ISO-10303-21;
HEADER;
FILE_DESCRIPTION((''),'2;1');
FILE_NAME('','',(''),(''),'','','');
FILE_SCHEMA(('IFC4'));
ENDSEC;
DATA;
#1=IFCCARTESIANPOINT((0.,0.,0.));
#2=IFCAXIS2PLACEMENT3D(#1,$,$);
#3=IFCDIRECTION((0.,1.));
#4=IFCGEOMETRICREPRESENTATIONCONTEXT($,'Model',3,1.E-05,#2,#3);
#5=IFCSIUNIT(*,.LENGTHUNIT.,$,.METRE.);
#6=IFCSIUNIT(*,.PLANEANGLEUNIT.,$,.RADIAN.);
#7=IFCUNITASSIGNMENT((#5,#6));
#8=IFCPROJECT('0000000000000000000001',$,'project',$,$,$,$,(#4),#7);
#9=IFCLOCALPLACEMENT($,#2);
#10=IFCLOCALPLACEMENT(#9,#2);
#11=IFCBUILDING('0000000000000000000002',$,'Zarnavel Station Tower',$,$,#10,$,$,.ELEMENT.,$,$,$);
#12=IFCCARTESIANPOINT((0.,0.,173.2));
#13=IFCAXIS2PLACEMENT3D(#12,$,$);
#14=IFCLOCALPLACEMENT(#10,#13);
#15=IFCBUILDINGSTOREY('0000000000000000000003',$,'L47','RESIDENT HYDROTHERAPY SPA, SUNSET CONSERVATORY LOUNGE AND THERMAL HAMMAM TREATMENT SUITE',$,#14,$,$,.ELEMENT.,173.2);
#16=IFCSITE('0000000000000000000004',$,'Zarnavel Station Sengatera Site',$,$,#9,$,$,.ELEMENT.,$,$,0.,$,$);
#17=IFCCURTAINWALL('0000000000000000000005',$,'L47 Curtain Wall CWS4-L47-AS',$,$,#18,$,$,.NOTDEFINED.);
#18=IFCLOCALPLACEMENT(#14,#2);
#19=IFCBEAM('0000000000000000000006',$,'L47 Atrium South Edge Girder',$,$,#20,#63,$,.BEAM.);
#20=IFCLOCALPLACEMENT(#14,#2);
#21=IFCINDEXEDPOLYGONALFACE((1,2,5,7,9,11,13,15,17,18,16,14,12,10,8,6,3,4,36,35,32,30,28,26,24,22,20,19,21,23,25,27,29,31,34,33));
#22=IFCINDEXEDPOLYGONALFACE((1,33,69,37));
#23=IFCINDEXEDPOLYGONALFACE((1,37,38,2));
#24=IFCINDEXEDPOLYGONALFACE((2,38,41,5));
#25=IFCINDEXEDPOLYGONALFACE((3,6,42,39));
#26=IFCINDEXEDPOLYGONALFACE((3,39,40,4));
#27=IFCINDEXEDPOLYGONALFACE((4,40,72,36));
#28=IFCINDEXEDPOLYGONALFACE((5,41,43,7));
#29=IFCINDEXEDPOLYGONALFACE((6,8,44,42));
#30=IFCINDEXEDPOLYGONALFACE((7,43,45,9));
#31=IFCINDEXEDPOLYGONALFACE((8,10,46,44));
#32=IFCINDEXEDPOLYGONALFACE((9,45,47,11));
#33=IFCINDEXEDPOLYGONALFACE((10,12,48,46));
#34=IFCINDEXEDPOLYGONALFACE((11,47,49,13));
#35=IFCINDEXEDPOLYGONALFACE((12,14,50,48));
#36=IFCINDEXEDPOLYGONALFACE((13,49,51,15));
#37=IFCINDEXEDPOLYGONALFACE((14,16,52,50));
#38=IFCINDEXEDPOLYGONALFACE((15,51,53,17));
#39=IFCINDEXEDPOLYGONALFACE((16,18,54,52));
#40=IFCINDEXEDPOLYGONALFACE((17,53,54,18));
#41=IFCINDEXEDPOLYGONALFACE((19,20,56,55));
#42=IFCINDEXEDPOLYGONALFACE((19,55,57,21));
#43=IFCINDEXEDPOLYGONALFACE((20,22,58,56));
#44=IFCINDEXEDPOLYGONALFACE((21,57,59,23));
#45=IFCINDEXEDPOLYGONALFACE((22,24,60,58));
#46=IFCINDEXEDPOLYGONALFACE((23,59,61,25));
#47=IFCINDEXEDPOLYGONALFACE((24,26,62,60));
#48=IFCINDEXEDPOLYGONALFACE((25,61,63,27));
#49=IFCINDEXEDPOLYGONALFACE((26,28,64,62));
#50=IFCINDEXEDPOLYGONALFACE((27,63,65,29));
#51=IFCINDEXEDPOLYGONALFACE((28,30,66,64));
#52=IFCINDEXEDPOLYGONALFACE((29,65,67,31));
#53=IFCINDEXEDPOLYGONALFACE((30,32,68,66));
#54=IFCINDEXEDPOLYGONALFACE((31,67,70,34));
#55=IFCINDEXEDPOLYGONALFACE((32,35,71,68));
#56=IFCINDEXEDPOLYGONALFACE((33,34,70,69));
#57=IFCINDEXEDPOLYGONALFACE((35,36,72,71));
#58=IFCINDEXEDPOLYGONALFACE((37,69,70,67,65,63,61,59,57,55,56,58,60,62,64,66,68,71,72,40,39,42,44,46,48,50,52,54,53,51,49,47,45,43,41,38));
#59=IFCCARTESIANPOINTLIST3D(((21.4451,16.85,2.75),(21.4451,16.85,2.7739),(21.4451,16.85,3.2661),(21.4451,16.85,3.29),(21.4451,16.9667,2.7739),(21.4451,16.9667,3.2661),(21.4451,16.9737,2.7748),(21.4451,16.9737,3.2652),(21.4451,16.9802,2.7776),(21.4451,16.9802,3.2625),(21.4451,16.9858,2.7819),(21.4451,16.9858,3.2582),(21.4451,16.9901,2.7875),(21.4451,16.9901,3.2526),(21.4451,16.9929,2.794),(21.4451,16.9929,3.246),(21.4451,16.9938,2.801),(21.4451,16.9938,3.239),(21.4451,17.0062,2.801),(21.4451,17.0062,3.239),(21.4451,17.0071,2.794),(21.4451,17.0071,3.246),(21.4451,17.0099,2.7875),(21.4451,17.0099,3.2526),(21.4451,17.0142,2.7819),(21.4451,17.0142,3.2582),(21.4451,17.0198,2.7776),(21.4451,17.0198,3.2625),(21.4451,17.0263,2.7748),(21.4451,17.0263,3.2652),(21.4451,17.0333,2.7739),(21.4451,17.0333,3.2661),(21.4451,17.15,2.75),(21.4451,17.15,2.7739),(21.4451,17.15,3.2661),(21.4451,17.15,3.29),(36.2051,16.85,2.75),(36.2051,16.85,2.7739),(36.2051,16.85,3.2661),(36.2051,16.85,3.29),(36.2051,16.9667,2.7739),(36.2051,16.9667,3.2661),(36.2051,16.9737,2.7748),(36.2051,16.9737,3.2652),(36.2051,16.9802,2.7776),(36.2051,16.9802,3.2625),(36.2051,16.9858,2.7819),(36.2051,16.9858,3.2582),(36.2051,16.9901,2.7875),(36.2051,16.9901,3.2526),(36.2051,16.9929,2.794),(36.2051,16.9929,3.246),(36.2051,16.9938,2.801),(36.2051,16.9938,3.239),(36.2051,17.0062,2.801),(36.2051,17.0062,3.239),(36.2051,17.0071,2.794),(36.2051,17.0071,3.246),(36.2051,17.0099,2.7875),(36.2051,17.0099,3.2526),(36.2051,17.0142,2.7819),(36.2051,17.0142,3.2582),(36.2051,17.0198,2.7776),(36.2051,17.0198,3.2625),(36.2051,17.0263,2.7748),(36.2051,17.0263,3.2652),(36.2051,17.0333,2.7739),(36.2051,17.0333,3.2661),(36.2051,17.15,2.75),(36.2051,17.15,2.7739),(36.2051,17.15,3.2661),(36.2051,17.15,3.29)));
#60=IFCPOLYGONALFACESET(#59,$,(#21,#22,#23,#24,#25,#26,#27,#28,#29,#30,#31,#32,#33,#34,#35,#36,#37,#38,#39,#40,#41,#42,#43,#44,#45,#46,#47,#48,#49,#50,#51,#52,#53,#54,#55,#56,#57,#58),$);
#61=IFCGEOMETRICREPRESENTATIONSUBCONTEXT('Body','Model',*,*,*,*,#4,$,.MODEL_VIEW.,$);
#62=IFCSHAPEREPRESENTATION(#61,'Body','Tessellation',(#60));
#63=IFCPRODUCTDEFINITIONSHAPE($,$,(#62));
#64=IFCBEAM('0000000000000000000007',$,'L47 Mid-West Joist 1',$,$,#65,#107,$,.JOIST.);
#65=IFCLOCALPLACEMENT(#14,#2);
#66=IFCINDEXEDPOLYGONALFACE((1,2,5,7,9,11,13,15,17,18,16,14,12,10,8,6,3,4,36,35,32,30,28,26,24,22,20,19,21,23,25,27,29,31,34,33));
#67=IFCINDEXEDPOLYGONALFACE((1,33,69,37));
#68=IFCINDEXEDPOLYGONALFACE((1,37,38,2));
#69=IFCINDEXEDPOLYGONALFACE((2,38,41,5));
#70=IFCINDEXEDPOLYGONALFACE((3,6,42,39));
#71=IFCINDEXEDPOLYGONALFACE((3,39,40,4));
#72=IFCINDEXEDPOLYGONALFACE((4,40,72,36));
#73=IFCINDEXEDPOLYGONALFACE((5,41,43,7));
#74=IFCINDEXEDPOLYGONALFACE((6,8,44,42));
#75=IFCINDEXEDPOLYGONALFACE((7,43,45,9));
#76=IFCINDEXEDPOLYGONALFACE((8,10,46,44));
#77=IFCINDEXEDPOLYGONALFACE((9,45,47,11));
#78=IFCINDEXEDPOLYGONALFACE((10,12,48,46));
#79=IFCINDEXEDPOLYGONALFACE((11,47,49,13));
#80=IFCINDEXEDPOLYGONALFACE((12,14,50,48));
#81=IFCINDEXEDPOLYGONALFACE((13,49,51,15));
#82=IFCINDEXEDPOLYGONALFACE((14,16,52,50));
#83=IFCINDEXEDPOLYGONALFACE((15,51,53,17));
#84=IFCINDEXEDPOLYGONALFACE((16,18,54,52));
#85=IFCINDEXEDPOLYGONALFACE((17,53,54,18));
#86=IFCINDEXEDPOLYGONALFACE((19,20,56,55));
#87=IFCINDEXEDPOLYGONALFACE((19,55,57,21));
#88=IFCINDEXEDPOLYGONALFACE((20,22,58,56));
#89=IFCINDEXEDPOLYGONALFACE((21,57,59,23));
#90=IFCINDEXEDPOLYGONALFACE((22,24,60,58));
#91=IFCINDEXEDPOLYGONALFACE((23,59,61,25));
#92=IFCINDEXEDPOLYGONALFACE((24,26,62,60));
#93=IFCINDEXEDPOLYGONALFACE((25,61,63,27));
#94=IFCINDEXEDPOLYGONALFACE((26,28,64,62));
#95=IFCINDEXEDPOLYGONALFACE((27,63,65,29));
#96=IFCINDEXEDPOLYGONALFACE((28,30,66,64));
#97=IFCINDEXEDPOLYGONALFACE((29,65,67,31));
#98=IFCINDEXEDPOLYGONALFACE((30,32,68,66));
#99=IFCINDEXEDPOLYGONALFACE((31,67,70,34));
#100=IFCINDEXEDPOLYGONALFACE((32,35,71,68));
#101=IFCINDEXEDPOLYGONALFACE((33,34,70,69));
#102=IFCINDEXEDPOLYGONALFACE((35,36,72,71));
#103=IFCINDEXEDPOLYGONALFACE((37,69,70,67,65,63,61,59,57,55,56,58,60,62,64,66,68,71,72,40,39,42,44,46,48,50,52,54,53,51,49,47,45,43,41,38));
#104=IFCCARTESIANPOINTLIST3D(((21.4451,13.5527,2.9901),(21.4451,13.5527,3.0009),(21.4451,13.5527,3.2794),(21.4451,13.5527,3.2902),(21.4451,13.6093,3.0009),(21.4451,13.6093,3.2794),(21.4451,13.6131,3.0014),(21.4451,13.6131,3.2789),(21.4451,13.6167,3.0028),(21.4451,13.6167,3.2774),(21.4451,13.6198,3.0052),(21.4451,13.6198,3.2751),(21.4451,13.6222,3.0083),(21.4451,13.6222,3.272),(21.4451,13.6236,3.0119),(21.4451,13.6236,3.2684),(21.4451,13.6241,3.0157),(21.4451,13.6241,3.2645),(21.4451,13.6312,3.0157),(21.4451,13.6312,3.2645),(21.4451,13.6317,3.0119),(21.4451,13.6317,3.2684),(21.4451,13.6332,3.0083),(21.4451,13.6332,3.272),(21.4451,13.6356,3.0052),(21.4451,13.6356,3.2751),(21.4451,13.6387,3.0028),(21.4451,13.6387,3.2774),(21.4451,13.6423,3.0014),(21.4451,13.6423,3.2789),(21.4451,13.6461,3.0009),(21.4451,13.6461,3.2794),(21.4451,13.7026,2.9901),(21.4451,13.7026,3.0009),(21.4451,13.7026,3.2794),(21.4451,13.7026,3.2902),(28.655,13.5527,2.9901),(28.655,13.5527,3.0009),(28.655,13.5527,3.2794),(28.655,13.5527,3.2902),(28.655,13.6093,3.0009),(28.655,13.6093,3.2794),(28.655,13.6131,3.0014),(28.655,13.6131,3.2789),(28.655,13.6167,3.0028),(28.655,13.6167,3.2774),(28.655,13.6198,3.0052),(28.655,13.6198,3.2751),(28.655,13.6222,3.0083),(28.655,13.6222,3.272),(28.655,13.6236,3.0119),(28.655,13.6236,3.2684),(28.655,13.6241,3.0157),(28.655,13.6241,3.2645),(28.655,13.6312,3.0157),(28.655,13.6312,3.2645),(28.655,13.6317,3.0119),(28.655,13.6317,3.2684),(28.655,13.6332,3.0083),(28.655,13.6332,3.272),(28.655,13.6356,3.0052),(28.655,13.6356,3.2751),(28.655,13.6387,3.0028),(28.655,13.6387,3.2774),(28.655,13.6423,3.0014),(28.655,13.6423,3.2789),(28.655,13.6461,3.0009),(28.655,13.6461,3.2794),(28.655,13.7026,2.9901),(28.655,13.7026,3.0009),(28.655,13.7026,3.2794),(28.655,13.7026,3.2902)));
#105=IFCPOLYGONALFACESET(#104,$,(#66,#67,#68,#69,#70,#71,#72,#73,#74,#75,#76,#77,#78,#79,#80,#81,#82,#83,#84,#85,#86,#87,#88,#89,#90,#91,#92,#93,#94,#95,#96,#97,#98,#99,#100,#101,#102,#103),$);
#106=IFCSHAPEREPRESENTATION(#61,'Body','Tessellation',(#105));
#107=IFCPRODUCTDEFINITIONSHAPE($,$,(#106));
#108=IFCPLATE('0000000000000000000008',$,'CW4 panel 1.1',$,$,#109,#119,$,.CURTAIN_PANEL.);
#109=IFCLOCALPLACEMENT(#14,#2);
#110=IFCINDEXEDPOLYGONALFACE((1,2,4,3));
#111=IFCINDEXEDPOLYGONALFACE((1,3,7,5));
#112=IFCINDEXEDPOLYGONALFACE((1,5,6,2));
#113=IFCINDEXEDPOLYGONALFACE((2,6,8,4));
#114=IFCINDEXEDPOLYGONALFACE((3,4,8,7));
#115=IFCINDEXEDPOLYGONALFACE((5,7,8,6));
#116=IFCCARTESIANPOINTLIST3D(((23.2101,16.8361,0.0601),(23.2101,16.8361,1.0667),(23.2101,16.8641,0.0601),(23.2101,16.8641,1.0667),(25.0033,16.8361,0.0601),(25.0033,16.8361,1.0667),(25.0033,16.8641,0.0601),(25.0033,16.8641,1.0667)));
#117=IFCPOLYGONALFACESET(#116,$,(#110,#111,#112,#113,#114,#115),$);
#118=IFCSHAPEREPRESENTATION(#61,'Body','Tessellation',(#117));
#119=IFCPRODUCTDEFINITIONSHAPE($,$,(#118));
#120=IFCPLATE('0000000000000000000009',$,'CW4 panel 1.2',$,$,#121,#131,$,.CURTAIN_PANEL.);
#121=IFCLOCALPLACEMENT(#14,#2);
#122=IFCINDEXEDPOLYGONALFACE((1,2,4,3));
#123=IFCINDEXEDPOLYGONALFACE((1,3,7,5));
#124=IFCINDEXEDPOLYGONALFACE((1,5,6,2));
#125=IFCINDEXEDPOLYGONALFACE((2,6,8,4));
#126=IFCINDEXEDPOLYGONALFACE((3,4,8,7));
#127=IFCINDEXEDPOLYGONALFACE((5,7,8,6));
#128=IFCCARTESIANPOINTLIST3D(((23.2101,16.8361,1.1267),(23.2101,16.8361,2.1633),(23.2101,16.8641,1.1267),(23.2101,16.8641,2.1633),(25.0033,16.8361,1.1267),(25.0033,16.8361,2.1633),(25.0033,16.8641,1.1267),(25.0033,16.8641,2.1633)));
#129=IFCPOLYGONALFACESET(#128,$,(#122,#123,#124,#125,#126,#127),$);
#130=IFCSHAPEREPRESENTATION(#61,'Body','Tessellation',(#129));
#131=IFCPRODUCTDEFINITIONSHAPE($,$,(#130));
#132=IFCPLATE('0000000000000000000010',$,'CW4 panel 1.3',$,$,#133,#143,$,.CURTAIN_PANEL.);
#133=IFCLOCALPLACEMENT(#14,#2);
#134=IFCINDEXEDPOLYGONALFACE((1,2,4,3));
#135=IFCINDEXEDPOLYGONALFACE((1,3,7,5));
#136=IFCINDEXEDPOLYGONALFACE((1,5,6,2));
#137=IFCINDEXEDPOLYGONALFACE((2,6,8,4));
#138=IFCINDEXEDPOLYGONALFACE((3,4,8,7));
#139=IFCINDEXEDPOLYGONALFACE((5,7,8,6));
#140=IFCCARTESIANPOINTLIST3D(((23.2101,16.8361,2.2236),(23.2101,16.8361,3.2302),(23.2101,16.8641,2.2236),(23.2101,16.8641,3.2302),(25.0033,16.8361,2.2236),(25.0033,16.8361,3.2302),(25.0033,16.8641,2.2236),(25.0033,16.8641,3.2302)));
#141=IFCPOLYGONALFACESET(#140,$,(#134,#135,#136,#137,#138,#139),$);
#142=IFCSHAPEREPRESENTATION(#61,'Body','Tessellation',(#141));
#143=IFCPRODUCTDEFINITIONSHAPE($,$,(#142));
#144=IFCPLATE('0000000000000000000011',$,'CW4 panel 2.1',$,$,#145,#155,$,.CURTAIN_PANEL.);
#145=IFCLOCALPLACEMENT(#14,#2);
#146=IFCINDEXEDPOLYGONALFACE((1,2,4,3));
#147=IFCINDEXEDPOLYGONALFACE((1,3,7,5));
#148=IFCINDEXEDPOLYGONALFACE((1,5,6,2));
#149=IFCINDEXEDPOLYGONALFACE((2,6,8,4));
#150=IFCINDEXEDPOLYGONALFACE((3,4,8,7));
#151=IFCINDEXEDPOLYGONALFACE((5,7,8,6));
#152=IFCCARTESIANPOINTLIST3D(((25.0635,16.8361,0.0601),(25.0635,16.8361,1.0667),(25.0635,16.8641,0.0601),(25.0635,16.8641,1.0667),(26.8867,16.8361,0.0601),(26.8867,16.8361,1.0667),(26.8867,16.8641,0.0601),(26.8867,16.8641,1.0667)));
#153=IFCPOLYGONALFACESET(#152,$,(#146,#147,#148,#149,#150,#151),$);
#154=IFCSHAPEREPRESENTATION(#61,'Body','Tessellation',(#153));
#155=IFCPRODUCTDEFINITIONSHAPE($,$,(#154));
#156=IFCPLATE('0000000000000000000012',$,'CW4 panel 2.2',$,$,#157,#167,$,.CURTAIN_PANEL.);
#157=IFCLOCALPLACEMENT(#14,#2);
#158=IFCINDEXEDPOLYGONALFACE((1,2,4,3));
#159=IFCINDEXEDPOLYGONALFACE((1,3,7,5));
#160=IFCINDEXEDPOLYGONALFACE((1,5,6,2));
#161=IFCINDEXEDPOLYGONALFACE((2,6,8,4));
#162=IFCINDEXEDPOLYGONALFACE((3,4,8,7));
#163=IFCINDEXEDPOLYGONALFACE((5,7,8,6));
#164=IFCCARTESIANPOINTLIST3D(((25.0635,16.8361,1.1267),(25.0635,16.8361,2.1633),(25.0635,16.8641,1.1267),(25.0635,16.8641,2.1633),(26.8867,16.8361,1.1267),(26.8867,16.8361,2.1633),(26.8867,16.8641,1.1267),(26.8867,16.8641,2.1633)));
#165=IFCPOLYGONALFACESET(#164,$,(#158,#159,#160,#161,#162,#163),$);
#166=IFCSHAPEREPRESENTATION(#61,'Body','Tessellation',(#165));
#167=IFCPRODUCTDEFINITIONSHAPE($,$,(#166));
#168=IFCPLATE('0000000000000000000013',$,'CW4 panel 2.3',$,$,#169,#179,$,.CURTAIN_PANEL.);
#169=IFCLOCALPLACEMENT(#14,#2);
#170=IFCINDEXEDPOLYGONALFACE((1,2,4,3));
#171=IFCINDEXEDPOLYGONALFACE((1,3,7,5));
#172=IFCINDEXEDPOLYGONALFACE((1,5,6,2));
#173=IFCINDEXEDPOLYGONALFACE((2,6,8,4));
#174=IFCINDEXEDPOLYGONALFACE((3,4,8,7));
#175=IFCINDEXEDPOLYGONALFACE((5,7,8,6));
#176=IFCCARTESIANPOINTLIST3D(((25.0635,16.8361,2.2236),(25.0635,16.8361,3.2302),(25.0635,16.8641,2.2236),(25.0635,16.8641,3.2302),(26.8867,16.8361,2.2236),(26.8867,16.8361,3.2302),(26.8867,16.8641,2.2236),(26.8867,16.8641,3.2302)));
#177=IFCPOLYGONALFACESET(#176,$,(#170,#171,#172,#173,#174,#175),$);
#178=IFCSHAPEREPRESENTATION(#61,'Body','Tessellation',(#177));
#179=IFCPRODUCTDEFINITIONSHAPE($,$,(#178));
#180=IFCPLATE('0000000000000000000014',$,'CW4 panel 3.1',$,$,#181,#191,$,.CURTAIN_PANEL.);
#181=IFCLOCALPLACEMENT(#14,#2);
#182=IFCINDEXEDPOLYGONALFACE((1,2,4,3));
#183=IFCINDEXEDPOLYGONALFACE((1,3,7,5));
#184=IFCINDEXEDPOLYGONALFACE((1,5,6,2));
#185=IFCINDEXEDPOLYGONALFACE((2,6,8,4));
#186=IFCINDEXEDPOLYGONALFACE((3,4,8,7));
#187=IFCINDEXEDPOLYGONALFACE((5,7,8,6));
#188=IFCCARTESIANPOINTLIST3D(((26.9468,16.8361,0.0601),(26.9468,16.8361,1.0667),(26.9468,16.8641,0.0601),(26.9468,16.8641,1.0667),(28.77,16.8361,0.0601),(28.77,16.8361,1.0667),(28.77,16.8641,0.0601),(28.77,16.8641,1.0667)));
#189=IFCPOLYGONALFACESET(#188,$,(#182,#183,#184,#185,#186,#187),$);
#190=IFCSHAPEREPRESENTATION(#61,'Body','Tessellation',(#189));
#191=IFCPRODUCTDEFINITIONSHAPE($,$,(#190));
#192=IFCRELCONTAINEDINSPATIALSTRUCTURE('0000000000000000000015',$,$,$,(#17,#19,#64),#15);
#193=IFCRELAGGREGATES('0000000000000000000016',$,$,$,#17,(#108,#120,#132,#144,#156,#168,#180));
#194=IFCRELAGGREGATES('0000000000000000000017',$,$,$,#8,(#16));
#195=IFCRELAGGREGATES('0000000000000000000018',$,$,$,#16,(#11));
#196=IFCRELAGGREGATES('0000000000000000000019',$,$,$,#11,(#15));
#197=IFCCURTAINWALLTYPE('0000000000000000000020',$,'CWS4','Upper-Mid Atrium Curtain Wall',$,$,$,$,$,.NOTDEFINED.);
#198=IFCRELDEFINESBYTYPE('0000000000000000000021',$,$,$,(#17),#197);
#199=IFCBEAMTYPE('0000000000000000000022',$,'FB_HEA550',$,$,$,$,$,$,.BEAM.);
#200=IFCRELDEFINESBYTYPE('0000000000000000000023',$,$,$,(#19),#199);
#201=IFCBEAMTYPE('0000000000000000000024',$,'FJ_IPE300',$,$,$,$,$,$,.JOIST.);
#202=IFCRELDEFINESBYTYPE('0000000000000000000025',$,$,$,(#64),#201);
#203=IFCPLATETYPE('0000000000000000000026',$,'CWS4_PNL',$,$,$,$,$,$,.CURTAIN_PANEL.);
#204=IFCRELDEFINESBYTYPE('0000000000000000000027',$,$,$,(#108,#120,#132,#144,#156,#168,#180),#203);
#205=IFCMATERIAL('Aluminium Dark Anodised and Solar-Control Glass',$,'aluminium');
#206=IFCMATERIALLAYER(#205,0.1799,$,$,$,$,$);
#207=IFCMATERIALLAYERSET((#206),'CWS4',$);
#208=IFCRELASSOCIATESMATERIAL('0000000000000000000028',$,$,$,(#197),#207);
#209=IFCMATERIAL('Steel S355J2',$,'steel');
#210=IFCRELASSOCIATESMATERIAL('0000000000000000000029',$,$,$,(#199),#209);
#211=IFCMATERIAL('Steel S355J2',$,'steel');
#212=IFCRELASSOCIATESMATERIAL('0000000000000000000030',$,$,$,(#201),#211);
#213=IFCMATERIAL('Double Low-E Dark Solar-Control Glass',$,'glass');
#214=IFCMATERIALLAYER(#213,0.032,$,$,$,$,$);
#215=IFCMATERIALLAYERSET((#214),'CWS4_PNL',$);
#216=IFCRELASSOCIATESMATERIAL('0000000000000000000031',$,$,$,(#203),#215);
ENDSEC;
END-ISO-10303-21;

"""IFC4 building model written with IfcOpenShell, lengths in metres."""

from ifc_helpers import new_model, si_unit, direction, frame, origin, origin_2d, place, context, subcontext, project, spatial, rectangle, i_section, extrude, material, layer, layer_set, material_profile, profile_set, type_object, element, aggregate, save


model = new_model("IFC4")

# Units and contexts
model_context = context("Model", 3, precision=1e-05, world=origin(), true_north=direction((0.0, 1.0)))
body_context = subcontext(model_context, "Body", "Model", "MODEL_VIEW")
ifc_project = project(units=[si_unit("LENGTHUNIT", "METRE"), si_unit("PLANEANGLEUNIT", "RADIAN")], contexts=[model_context])

# Site, building, storey
site_placement = place(None, origin())
site = spatial("IfcSite", under=ifc_project, at=site_placement, Name="Zarnavel Station Sengatera Site", CompositionType="ELEMENT", RefElevation=0.0)
building_placement = place(site_placement, origin())
building = spatial("IfcBuilding", under=site, at=building_placement, Name="Zarnavel Station Tower", CompositionType="ELEMENT")
storey_placement = place(building_placement, frame((0.0, 0.0, 173.2)))
storey = spatial("IfcBuildingStorey", under=building, at=storey_placement, Name="L47", Description="RESIDENT HYDROTHERAPY SPA, SUNSET CONSERVATORY LOUNGE AND THERMAL HAMMAM TREATMENT SUITE", CompositionType="ELEMENT", Elevation=173.2)

# Curtain wall
ifc_material_1 = material(Name="Aluminium Dark Anodised and Solar-Control Glass", Category="aluminium")
ifc_layer_1 = layer(ifc_material_1, 0.1799)
ifc_layer_set_1 = layer_set([ifc_layer_1], Name="CWS4")
curtain_wall_type = type_object("IfcCurtainWallType", Name="CWS4", Description="Upper-Mid Atrium Curtain Wall", PredefinedType="NOTDEFINED", material=ifc_layer_set_1)
curtain_wall_placement = place(storey_placement, origin())
curtain_wall = element("IfcCurtainWall", 1, at=curtain_wall_placement, inside=storey, type_object=curtain_wall_type, Name="L47 Curtain Wall CWS4-L47-AS", PredefinedType="NOTDEFINED")

# Beams
ifc_material_2 = material(Name="Steel S355J2", Category="steel")
ifc_material_profile_1 = material_profile(ifc_material_2, i_section(OverallWidth=0.3, OverallDepth=0.54, WebThickness=0.0125, FlangeThickness=0.0239, FilletRadius=0.0271, at=origin_2d()), Name="HEA550")
ifc_profile_set_1 = profile_set([ifc_material_profile_1], Name="Steel S355J2")
beam_type_1 = type_object("IfcBeamType", Name="FB_HEA550", PredefinedType="BEAM", material=ifc_profile_set_1)
beam_1_placement = place(storey_placement, frame((21.4451, 17.0, 3.02), z_axis=(1.0, 0.0, 0.0), x_axis=(0.0, 1.0, 0.0)))
element("IfcBeam", 2, at=beam_1_placement, inside=storey, type_object=beam_type_1, Name="L47 Atrium South Edge Girder", PredefinedType="BEAM", context=body_context, shape_type="SweptSolid", body=[
    extrude(i_section(OverallWidth=0.3, OverallDepth=0.54, WebThickness=0.0125, FlangeThickness=0.0239, FilletRadius=0.0271, at=origin_2d()), origin(), (0.0, 0.0, 1.0), 14.76),
])
ifc_material_3 = material(Name="Steel S355J2", Category="steel")
ifc_material_profile_2 = material_profile(ifc_material_3, i_section(OverallWidth=0.1499, OverallDepth=0.3, WebThickness=0.0071, FlangeThickness=0.0107, FilletRadius=0.0149, at=origin_2d()), Name="IPE300")
ifc_profile_set_2 = profile_set([ifc_material_profile_2], Name="Steel S355J2")
beam_type_2 = type_object("IfcBeamType", Name="FJ_IPE300", PredefinedType="JOIST", material=ifc_profile_set_2)
beam_2_placement = place(storey_placement, frame((21.4451, 13.6277, 3.1401), z_axis=(1.0, 0.0, 0.0), x_axis=(0.0, 1.0, 0.0)))
element("IfcBeam", 3, at=beam_2_placement, inside=storey, type_object=beam_type_2, Name="L47 Mid-West Joist 1", PredefinedType="JOIST", context=body_context, shape_type="SweptSolid", body=[
    extrude(i_section(OverallWidth=0.1499, OverallDepth=0.3, WebThickness=0.0071, FlangeThickness=0.0107, FilletRadius=0.0149, at=origin_2d()), origin(), (0.0, 0.0, 1.0), 7.21),
])

# Plates
ifc_material_4 = material(Name="Double Low-E Dark Solar-Control Glass", Category="glass")
ifc_layer_2 = layer(ifc_material_4, 0.032)
ifc_layer_set_2 = layer_set([ifc_layer_2], Name="CWS4_PNL")
plate_type_1 = type_object("IfcPlateType", Name="CWS4_PNL", PredefinedType="CURTAIN_PANEL", material=ifc_layer_set_2)
plate_1_placement = place(storey_placement, frame((24.1067, 16.8501, 0.0601), z_axis=(0.0, 0.0, 1.0), x_axis=(1.0, 0.0, 0.0)))
plate_1 = element("IfcPlate", 4, at=plate_1_placement, type_object=plate_type_1, Name="CW4 panel 1.1", PredefinedType="CURTAIN_PANEL", context=body_context, shape_type="SweptSolid", body=[
    extrude(rectangle(XDim=1.7932, YDim=0.0281, at=origin_2d()), origin(), (0.0, 0.0, 1.0), 1.0066),
])
plate_2_placement = place(storey_placement, frame((24.1067, 16.8501, 1.1267), z_axis=(0.0, 0.0, 1.0), x_axis=(1.0, 0.0, 0.0)))
plate_2 = element("IfcPlate", 5, at=plate_2_placement, type_object=plate_type_1, Name="CW4 panel 1.2", PredefinedType="CURTAIN_PANEL", context=body_context, shape_type="SweptSolid", body=[
    extrude(rectangle(XDim=1.7932, YDim=0.0281, at=origin_2d()), origin(), (0.0, 0.0, 1.0), 1.0366),
])
plate_3_placement = place(storey_placement, frame((24.1067, 16.8501, 2.2236), z_axis=(0.0, 0.0, 1.0), x_axis=(1.0, 0.0, 0.0)))
plate_3 = element("IfcPlate", 6, at=plate_3_placement, type_object=plate_type_1, Name="CW4 panel 1.3", PredefinedType="CURTAIN_PANEL", context=body_context, shape_type="SweptSolid", body=[
    extrude(rectangle(XDim=1.7932, YDim=0.0281, at=origin_2d()), origin(), (0.0, 0.0, 1.0), 1.0066),
])
plate_4_placement = place(storey_placement, frame((25.9751, 16.8501, 0.0601), z_axis=(0.0, 0.0, 1.0), x_axis=(1.0, 0.0, 0.0)))
plate_4 = element("IfcPlate", 7, at=plate_4_placement, type_object=plate_type_1, Name="CW4 panel 2.1", PredefinedType="CURTAIN_PANEL", context=body_context, shape_type="SweptSolid", body=[
    extrude(rectangle(XDim=1.8232, YDim=0.0281, at=origin_2d()), origin(), (0.0, 0.0, 1.0), 1.0066),
])
plate_5_placement = place(storey_placement, frame((25.9751, 16.8501, 1.1267), z_axis=(0.0, 0.0, 1.0), x_axis=(1.0, 0.0, 0.0)))
plate_5 = element("IfcPlate", 8, at=plate_5_placement, type_object=plate_type_1, Name="CW4 panel 2.2", PredefinedType="CURTAIN_PANEL", context=body_context, shape_type="SweptSolid", body=[
    extrude(rectangle(XDim=1.8232, YDim=0.0281, at=origin_2d()), origin(), (0.0, 0.0, 1.0), 1.0366),
])
plate_6_placement = place(storey_placement, frame((25.9751, 16.8501, 2.2236), z_axis=(0.0, 0.0, 1.0), x_axis=(1.0, 0.0, 0.0)))
plate_6 = element("IfcPlate", 9, at=plate_6_placement, type_object=plate_type_1, Name="CW4 panel 2.3", PredefinedType="CURTAIN_PANEL", context=body_context, shape_type="SweptSolid", body=[
    extrude(rectangle(XDim=1.8232, YDim=0.0281, at=origin_2d()), origin(), (0.0, 0.0, 1.0), 1.0066),
])
plate_7_placement = place(storey_placement, frame((27.8584, 16.8501, 0.0601), z_axis=(0.0, 0.0, 1.0), x_axis=(1.0, 0.0, 0.0)))
plate_7 = element("IfcPlate", 10, at=plate_7_placement, type_object=plate_type_1, Name="CW4 panel 3.1", PredefinedType="CURTAIN_PANEL", context=body_context, shape_type="SweptSolid", body=[
    extrude(rectangle(XDim=1.8232, YDim=0.0281, at=origin_2d()), origin(), (0.0, 0.0, 1.0), 1.0066),
])
aggregate(curtain_wall, [plate_1, plate_2, plate_3, plate_4, plate_5, plate_6, plate_7])

save(model, "model.ifc")
